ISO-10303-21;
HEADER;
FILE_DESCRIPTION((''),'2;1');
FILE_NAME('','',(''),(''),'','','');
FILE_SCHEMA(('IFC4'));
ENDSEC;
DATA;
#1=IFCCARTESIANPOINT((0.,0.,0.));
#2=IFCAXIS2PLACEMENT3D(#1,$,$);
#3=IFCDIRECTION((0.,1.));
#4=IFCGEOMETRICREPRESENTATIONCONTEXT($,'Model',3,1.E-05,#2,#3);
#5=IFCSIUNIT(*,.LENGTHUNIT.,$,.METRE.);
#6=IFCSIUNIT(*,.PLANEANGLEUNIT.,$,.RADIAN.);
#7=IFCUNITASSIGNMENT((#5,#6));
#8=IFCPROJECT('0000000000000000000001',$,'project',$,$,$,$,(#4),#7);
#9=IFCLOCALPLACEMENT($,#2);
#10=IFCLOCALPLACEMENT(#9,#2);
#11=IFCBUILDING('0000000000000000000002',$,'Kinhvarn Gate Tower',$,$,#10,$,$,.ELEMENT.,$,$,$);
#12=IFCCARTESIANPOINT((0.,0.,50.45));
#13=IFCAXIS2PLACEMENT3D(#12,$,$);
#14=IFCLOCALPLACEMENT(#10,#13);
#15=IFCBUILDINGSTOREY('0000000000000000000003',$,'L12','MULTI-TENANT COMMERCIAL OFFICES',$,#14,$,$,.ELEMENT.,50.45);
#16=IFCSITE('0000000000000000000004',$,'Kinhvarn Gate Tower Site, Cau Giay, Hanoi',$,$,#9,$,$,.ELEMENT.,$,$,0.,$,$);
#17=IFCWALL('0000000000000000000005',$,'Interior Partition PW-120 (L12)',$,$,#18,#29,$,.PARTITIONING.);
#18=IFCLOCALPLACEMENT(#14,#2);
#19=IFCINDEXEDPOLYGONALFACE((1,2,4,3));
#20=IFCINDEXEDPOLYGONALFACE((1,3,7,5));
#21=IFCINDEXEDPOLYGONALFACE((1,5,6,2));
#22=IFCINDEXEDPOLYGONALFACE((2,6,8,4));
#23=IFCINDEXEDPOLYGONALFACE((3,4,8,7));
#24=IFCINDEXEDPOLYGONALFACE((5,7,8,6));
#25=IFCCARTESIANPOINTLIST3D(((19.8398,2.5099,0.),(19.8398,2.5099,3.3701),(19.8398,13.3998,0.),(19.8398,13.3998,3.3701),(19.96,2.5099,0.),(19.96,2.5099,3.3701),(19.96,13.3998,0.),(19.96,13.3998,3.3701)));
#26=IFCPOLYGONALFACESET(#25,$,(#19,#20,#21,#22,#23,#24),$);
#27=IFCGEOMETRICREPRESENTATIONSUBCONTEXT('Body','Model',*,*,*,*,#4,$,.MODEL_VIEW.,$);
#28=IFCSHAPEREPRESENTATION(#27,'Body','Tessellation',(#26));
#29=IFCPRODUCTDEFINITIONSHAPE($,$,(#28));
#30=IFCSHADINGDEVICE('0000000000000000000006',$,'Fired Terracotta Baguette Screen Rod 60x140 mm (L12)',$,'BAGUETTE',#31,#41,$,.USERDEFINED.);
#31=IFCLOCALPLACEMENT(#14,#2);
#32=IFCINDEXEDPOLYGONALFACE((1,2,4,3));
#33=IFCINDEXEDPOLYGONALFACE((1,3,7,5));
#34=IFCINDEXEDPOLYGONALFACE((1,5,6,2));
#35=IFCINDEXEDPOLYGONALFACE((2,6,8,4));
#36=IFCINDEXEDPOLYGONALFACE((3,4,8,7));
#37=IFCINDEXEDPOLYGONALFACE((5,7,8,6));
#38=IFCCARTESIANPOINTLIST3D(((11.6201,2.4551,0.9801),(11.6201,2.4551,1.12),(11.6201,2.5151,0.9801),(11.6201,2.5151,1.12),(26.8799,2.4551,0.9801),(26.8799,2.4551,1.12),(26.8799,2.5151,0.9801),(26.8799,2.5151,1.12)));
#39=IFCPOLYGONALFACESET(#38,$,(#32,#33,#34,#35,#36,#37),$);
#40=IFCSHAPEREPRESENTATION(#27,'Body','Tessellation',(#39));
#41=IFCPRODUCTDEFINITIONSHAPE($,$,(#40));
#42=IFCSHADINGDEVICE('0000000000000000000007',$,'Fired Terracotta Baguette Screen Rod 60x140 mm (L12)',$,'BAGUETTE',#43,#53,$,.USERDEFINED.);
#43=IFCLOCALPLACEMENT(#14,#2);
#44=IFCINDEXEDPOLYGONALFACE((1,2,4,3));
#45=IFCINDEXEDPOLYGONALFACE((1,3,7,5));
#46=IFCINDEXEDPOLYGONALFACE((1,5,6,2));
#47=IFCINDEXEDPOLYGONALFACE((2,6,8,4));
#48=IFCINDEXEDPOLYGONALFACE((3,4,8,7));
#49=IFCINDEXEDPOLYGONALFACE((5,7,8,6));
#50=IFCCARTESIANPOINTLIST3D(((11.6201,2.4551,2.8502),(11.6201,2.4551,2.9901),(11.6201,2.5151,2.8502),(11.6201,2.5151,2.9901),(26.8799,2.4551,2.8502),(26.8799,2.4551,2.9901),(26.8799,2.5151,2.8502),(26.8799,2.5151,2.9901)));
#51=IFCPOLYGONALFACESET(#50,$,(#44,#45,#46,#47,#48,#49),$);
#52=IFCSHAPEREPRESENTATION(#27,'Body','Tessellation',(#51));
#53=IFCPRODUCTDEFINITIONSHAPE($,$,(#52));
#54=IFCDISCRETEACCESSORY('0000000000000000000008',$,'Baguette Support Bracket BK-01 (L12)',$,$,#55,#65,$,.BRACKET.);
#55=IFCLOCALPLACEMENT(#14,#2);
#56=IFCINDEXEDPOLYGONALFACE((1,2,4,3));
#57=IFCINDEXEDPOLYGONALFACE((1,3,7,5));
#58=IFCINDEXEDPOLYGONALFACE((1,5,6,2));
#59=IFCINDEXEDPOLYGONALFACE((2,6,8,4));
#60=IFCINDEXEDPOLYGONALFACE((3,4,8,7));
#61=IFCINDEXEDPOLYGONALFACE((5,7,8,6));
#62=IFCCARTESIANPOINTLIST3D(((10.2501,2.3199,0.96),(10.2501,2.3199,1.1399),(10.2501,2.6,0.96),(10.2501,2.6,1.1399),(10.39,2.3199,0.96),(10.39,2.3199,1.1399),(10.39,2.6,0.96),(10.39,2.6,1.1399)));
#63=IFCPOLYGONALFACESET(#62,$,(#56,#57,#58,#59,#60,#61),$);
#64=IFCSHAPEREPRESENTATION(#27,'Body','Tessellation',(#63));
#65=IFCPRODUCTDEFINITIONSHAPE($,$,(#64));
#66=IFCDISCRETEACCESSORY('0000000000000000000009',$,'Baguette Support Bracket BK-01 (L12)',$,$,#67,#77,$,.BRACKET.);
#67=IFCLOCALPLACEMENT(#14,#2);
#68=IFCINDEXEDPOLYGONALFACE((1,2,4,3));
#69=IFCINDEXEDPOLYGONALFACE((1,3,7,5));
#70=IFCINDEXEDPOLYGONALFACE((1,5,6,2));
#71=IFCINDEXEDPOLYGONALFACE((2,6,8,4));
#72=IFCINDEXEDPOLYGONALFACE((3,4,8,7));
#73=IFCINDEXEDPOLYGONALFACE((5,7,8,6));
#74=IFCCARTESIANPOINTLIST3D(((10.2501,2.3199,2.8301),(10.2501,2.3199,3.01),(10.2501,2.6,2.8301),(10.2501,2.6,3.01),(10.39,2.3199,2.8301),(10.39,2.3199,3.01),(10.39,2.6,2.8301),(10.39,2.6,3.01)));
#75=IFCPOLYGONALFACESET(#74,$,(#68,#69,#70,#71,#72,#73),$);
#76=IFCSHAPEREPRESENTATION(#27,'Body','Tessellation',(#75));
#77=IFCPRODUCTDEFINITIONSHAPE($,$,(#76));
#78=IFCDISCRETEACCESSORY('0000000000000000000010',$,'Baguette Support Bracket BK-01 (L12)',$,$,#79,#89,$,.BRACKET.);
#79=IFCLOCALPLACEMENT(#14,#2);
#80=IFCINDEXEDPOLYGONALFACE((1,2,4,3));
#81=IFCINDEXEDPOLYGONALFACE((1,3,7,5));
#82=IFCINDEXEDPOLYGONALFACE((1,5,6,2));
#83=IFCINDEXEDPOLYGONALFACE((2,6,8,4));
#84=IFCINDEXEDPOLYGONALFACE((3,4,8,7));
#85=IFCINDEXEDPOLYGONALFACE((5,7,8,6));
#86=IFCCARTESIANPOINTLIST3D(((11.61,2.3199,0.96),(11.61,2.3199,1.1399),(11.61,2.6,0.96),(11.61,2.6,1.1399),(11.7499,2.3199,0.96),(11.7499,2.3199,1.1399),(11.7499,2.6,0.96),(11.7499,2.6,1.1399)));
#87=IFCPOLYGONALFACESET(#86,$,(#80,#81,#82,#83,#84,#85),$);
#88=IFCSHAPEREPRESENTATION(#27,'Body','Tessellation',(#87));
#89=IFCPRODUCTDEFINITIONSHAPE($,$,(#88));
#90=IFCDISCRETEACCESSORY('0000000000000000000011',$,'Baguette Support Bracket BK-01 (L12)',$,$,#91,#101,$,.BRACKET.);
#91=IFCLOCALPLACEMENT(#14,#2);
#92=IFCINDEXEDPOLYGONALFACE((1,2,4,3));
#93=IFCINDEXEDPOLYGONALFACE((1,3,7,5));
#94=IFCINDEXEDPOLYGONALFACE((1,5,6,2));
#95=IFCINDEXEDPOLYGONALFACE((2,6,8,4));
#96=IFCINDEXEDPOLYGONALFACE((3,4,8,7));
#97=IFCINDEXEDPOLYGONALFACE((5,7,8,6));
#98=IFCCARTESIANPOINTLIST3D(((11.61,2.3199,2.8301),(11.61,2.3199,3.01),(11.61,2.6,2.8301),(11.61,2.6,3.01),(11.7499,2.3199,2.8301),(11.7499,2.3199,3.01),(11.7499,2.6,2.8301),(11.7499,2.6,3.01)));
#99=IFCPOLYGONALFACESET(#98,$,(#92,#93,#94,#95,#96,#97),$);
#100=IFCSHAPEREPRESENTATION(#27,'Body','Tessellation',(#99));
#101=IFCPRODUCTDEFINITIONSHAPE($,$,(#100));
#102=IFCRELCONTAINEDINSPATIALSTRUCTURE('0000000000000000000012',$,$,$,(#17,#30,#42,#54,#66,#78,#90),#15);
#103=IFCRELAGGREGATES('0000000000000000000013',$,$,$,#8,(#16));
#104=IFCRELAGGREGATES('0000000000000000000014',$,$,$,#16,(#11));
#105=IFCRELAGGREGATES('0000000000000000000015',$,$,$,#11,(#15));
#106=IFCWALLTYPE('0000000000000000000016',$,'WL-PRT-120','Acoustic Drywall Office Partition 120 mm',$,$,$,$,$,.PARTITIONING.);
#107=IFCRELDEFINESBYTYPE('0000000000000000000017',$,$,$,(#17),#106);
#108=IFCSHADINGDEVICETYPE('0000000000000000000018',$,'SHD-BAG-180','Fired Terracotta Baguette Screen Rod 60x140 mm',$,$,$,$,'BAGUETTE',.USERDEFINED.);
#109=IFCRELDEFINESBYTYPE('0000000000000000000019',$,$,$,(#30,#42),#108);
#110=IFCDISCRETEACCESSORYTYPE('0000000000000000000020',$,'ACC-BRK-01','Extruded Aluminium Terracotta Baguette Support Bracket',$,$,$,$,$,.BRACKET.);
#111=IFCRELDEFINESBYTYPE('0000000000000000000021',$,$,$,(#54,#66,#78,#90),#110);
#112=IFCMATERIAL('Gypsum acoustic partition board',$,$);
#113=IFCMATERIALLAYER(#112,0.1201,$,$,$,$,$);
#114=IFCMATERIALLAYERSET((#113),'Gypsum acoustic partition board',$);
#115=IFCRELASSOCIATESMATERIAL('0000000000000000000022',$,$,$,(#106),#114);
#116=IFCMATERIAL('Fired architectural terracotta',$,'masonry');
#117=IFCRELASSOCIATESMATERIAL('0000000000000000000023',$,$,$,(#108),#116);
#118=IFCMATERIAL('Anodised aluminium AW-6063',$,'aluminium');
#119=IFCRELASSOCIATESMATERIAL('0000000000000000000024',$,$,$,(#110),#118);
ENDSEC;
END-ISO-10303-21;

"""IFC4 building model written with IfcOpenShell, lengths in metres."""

from ifc_helpers import new_model, si_unit, direction, frame, frame_2d, origin, origin_2d, place, context, subcontext, project, spatial, rectangle, extrude, material, layer, layer_set, material_profile, profile_set, type_object, element, save


model = new_model("IFC4")

# Units and contexts
model_context = context("Model", 3, precision=1e-05, world=origin(), true_north=direction((0.0, 1.0)))
body_context = subcontext(model_context, "Body", "Model", "MODEL_VIEW")
ifc_project = project(units=[si_unit("LENGTHUNIT", "METRE"), si_unit("PLANEANGLEUNIT", "RADIAN")], contexts=[model_context])

# Site, building, storey
site_placement = place(None, origin())
site = spatial("IfcSite", under=ifc_project, at=site_placement, Name="Kinhvarn Gate Tower Site, Cau Giay, Hanoi", CompositionType="ELEMENT", RefElevation=0.0)
building_placement = place(site_placement, origin())
building = spatial("IfcBuilding", under=site, at=building_placement, Name="Kinhvarn Gate Tower", CompositionType="ELEMENT")
storey_placement = place(building_placement, frame((0.0, 0.0, 50.45)))
storey = spatial("IfcBuildingStorey", under=building, at=storey_placement, Name="L12", Description="MULTI-TENANT COMMERCIAL OFFICES", CompositionType="ELEMENT", Elevation=50.45)

# Shared definitions
ifc_material_1 = material(Name="Anodised aluminium AW-6063", Category="aluminium")

# Wall
ifc_material_2 = material(Name="Gypsum acoustic partition board")
ifc_layer_1 = layer(ifc_material_2, 0.1201)
ifc_layer_set_1 = layer_set([ifc_layer_1], Name="Gypsum acoustic partition board")
wall_type = type_object("IfcWallType", Name="WL-PRT-120", Description="Acoustic Drywall Office Partition 120 mm", PredefinedType="PARTITIONING", material=ifc_layer_set_1)
wall_placement = place(storey_placement, frame((19.8999, 2.51, 0.0), z_axis=(0.0, 0.0, 1.0), x_axis=(0.0, 1.0, 0.0)))
element("IfcWall", 1, at=wall_placement, inside=storey, type_object=wall_type, Name="Interior Partition PW-120 (L12)", PredefinedType="PARTITIONING", context=body_context, shape_type="SweptSolid", body=[
    extrude(rectangle(XDim=10.8899, YDim=0.1201, at=frame_2d((5.4448, 0.0))), origin(), (0.0, 0.0, 1.0), 3.3701),
])

# Shading devices
ifc_material_3 = material(Name="Fired architectural terracotta", Category="masonry")
ifc_material_profile_1 = material_profile(ifc_material_3, rectangle(XDim=0.0601, YDim=0.1399, at=origin_2d()), Name="TC 60x140")
ifc_profile_set_1 = profile_set([ifc_material_profile_1], Name="Fired architectural terracotta")
shading_device_type = type_object("IfcShadingDeviceType", Name="SHD-BAG-180", Description="Fired Terracotta Baguette Screen Rod 60x140 mm", ElementType="BAGUETTE", PredefinedType="USERDEFINED", material=ifc_profile_set_1)
for number, where, z_axis, x_axis, name in (
    (2, (11.6201, 2.4851, 1.05), (1.0, 0.0, 0.0), (0.0, 1.0, 0.0), "Fired Terracotta Baguette Screen Rod 60x140 mm (L12)"),
    (3, (11.6201, 2.4851, 2.9202), (1.0, 0.0, 0.0), (0.0, 1.0, 0.0), "Fired Terracotta Baguette Screen Rod 60x140 mm (L12)"),
):
    element("IfcShadingDevice", number, at=place(storey_placement, frame(where, z_axis=z_axis, x_axis=x_axis)), inside=storey, type_object=shading_device_type, Name=name, ObjectType="BAGUETTE", PredefinedType="USERDEFINED", context=body_context, shape_type="SweptSolid", body=[
        extrude(rectangle(XDim=0.0601, YDim=0.1399, at=origin_2d()), origin(), (0.0, 0.0, 1.0), 15.2598),
    ])

# Discrete accessories
discrete_accessory_type = type_object("IfcDiscreteAccessoryType", Name="ACC-BRK-01", Description="Extruded Aluminium Terracotta Baguette Support Bracket", PredefinedType="BRACKET", material=ifc_material_1)
for number, where, z_axis, x_axis, name in (
    (4, (10.3201, 2.46, 0.96), (0.0, 0.0, 1.0), (1.0, 0.0, 0.0), "Baguette Support Bracket BK-01 (L12)"),
    (5, (10.3201, 2.46, 2.8301), (0.0, 0.0, 1.0), (1.0, 0.0, 0.0), "Baguette Support Bracket BK-01 (L12)"),
    (6, (11.6799, 2.46, 0.96), (0.0, 0.0, 1.0), (1.0, 0.0, 0.0), "Baguette Support Bracket BK-01 (L12)"),
    (7, (11.6799, 2.46, 2.8301), (0.0, 0.0, 1.0), (1.0, 0.0, 0.0), "Baguette Support Bracket BK-01 (L12)"),
):
    element("IfcDiscreteAccessory", number, at=place(storey_placement, frame(where, z_axis=z_axis, x_axis=x_axis)), inside=storey, type_object=discrete_accessory_type, Name=name, PredefinedType="BRACKET", context=body_context, shape_type="SweptSolid", body=[
        extrude(rectangle(XDim=0.1399, YDim=0.28, at=origin_2d()), origin(), (0.0, 0.0, 1.0), 0.1799),
    ])

save(model, "model.ifc")
